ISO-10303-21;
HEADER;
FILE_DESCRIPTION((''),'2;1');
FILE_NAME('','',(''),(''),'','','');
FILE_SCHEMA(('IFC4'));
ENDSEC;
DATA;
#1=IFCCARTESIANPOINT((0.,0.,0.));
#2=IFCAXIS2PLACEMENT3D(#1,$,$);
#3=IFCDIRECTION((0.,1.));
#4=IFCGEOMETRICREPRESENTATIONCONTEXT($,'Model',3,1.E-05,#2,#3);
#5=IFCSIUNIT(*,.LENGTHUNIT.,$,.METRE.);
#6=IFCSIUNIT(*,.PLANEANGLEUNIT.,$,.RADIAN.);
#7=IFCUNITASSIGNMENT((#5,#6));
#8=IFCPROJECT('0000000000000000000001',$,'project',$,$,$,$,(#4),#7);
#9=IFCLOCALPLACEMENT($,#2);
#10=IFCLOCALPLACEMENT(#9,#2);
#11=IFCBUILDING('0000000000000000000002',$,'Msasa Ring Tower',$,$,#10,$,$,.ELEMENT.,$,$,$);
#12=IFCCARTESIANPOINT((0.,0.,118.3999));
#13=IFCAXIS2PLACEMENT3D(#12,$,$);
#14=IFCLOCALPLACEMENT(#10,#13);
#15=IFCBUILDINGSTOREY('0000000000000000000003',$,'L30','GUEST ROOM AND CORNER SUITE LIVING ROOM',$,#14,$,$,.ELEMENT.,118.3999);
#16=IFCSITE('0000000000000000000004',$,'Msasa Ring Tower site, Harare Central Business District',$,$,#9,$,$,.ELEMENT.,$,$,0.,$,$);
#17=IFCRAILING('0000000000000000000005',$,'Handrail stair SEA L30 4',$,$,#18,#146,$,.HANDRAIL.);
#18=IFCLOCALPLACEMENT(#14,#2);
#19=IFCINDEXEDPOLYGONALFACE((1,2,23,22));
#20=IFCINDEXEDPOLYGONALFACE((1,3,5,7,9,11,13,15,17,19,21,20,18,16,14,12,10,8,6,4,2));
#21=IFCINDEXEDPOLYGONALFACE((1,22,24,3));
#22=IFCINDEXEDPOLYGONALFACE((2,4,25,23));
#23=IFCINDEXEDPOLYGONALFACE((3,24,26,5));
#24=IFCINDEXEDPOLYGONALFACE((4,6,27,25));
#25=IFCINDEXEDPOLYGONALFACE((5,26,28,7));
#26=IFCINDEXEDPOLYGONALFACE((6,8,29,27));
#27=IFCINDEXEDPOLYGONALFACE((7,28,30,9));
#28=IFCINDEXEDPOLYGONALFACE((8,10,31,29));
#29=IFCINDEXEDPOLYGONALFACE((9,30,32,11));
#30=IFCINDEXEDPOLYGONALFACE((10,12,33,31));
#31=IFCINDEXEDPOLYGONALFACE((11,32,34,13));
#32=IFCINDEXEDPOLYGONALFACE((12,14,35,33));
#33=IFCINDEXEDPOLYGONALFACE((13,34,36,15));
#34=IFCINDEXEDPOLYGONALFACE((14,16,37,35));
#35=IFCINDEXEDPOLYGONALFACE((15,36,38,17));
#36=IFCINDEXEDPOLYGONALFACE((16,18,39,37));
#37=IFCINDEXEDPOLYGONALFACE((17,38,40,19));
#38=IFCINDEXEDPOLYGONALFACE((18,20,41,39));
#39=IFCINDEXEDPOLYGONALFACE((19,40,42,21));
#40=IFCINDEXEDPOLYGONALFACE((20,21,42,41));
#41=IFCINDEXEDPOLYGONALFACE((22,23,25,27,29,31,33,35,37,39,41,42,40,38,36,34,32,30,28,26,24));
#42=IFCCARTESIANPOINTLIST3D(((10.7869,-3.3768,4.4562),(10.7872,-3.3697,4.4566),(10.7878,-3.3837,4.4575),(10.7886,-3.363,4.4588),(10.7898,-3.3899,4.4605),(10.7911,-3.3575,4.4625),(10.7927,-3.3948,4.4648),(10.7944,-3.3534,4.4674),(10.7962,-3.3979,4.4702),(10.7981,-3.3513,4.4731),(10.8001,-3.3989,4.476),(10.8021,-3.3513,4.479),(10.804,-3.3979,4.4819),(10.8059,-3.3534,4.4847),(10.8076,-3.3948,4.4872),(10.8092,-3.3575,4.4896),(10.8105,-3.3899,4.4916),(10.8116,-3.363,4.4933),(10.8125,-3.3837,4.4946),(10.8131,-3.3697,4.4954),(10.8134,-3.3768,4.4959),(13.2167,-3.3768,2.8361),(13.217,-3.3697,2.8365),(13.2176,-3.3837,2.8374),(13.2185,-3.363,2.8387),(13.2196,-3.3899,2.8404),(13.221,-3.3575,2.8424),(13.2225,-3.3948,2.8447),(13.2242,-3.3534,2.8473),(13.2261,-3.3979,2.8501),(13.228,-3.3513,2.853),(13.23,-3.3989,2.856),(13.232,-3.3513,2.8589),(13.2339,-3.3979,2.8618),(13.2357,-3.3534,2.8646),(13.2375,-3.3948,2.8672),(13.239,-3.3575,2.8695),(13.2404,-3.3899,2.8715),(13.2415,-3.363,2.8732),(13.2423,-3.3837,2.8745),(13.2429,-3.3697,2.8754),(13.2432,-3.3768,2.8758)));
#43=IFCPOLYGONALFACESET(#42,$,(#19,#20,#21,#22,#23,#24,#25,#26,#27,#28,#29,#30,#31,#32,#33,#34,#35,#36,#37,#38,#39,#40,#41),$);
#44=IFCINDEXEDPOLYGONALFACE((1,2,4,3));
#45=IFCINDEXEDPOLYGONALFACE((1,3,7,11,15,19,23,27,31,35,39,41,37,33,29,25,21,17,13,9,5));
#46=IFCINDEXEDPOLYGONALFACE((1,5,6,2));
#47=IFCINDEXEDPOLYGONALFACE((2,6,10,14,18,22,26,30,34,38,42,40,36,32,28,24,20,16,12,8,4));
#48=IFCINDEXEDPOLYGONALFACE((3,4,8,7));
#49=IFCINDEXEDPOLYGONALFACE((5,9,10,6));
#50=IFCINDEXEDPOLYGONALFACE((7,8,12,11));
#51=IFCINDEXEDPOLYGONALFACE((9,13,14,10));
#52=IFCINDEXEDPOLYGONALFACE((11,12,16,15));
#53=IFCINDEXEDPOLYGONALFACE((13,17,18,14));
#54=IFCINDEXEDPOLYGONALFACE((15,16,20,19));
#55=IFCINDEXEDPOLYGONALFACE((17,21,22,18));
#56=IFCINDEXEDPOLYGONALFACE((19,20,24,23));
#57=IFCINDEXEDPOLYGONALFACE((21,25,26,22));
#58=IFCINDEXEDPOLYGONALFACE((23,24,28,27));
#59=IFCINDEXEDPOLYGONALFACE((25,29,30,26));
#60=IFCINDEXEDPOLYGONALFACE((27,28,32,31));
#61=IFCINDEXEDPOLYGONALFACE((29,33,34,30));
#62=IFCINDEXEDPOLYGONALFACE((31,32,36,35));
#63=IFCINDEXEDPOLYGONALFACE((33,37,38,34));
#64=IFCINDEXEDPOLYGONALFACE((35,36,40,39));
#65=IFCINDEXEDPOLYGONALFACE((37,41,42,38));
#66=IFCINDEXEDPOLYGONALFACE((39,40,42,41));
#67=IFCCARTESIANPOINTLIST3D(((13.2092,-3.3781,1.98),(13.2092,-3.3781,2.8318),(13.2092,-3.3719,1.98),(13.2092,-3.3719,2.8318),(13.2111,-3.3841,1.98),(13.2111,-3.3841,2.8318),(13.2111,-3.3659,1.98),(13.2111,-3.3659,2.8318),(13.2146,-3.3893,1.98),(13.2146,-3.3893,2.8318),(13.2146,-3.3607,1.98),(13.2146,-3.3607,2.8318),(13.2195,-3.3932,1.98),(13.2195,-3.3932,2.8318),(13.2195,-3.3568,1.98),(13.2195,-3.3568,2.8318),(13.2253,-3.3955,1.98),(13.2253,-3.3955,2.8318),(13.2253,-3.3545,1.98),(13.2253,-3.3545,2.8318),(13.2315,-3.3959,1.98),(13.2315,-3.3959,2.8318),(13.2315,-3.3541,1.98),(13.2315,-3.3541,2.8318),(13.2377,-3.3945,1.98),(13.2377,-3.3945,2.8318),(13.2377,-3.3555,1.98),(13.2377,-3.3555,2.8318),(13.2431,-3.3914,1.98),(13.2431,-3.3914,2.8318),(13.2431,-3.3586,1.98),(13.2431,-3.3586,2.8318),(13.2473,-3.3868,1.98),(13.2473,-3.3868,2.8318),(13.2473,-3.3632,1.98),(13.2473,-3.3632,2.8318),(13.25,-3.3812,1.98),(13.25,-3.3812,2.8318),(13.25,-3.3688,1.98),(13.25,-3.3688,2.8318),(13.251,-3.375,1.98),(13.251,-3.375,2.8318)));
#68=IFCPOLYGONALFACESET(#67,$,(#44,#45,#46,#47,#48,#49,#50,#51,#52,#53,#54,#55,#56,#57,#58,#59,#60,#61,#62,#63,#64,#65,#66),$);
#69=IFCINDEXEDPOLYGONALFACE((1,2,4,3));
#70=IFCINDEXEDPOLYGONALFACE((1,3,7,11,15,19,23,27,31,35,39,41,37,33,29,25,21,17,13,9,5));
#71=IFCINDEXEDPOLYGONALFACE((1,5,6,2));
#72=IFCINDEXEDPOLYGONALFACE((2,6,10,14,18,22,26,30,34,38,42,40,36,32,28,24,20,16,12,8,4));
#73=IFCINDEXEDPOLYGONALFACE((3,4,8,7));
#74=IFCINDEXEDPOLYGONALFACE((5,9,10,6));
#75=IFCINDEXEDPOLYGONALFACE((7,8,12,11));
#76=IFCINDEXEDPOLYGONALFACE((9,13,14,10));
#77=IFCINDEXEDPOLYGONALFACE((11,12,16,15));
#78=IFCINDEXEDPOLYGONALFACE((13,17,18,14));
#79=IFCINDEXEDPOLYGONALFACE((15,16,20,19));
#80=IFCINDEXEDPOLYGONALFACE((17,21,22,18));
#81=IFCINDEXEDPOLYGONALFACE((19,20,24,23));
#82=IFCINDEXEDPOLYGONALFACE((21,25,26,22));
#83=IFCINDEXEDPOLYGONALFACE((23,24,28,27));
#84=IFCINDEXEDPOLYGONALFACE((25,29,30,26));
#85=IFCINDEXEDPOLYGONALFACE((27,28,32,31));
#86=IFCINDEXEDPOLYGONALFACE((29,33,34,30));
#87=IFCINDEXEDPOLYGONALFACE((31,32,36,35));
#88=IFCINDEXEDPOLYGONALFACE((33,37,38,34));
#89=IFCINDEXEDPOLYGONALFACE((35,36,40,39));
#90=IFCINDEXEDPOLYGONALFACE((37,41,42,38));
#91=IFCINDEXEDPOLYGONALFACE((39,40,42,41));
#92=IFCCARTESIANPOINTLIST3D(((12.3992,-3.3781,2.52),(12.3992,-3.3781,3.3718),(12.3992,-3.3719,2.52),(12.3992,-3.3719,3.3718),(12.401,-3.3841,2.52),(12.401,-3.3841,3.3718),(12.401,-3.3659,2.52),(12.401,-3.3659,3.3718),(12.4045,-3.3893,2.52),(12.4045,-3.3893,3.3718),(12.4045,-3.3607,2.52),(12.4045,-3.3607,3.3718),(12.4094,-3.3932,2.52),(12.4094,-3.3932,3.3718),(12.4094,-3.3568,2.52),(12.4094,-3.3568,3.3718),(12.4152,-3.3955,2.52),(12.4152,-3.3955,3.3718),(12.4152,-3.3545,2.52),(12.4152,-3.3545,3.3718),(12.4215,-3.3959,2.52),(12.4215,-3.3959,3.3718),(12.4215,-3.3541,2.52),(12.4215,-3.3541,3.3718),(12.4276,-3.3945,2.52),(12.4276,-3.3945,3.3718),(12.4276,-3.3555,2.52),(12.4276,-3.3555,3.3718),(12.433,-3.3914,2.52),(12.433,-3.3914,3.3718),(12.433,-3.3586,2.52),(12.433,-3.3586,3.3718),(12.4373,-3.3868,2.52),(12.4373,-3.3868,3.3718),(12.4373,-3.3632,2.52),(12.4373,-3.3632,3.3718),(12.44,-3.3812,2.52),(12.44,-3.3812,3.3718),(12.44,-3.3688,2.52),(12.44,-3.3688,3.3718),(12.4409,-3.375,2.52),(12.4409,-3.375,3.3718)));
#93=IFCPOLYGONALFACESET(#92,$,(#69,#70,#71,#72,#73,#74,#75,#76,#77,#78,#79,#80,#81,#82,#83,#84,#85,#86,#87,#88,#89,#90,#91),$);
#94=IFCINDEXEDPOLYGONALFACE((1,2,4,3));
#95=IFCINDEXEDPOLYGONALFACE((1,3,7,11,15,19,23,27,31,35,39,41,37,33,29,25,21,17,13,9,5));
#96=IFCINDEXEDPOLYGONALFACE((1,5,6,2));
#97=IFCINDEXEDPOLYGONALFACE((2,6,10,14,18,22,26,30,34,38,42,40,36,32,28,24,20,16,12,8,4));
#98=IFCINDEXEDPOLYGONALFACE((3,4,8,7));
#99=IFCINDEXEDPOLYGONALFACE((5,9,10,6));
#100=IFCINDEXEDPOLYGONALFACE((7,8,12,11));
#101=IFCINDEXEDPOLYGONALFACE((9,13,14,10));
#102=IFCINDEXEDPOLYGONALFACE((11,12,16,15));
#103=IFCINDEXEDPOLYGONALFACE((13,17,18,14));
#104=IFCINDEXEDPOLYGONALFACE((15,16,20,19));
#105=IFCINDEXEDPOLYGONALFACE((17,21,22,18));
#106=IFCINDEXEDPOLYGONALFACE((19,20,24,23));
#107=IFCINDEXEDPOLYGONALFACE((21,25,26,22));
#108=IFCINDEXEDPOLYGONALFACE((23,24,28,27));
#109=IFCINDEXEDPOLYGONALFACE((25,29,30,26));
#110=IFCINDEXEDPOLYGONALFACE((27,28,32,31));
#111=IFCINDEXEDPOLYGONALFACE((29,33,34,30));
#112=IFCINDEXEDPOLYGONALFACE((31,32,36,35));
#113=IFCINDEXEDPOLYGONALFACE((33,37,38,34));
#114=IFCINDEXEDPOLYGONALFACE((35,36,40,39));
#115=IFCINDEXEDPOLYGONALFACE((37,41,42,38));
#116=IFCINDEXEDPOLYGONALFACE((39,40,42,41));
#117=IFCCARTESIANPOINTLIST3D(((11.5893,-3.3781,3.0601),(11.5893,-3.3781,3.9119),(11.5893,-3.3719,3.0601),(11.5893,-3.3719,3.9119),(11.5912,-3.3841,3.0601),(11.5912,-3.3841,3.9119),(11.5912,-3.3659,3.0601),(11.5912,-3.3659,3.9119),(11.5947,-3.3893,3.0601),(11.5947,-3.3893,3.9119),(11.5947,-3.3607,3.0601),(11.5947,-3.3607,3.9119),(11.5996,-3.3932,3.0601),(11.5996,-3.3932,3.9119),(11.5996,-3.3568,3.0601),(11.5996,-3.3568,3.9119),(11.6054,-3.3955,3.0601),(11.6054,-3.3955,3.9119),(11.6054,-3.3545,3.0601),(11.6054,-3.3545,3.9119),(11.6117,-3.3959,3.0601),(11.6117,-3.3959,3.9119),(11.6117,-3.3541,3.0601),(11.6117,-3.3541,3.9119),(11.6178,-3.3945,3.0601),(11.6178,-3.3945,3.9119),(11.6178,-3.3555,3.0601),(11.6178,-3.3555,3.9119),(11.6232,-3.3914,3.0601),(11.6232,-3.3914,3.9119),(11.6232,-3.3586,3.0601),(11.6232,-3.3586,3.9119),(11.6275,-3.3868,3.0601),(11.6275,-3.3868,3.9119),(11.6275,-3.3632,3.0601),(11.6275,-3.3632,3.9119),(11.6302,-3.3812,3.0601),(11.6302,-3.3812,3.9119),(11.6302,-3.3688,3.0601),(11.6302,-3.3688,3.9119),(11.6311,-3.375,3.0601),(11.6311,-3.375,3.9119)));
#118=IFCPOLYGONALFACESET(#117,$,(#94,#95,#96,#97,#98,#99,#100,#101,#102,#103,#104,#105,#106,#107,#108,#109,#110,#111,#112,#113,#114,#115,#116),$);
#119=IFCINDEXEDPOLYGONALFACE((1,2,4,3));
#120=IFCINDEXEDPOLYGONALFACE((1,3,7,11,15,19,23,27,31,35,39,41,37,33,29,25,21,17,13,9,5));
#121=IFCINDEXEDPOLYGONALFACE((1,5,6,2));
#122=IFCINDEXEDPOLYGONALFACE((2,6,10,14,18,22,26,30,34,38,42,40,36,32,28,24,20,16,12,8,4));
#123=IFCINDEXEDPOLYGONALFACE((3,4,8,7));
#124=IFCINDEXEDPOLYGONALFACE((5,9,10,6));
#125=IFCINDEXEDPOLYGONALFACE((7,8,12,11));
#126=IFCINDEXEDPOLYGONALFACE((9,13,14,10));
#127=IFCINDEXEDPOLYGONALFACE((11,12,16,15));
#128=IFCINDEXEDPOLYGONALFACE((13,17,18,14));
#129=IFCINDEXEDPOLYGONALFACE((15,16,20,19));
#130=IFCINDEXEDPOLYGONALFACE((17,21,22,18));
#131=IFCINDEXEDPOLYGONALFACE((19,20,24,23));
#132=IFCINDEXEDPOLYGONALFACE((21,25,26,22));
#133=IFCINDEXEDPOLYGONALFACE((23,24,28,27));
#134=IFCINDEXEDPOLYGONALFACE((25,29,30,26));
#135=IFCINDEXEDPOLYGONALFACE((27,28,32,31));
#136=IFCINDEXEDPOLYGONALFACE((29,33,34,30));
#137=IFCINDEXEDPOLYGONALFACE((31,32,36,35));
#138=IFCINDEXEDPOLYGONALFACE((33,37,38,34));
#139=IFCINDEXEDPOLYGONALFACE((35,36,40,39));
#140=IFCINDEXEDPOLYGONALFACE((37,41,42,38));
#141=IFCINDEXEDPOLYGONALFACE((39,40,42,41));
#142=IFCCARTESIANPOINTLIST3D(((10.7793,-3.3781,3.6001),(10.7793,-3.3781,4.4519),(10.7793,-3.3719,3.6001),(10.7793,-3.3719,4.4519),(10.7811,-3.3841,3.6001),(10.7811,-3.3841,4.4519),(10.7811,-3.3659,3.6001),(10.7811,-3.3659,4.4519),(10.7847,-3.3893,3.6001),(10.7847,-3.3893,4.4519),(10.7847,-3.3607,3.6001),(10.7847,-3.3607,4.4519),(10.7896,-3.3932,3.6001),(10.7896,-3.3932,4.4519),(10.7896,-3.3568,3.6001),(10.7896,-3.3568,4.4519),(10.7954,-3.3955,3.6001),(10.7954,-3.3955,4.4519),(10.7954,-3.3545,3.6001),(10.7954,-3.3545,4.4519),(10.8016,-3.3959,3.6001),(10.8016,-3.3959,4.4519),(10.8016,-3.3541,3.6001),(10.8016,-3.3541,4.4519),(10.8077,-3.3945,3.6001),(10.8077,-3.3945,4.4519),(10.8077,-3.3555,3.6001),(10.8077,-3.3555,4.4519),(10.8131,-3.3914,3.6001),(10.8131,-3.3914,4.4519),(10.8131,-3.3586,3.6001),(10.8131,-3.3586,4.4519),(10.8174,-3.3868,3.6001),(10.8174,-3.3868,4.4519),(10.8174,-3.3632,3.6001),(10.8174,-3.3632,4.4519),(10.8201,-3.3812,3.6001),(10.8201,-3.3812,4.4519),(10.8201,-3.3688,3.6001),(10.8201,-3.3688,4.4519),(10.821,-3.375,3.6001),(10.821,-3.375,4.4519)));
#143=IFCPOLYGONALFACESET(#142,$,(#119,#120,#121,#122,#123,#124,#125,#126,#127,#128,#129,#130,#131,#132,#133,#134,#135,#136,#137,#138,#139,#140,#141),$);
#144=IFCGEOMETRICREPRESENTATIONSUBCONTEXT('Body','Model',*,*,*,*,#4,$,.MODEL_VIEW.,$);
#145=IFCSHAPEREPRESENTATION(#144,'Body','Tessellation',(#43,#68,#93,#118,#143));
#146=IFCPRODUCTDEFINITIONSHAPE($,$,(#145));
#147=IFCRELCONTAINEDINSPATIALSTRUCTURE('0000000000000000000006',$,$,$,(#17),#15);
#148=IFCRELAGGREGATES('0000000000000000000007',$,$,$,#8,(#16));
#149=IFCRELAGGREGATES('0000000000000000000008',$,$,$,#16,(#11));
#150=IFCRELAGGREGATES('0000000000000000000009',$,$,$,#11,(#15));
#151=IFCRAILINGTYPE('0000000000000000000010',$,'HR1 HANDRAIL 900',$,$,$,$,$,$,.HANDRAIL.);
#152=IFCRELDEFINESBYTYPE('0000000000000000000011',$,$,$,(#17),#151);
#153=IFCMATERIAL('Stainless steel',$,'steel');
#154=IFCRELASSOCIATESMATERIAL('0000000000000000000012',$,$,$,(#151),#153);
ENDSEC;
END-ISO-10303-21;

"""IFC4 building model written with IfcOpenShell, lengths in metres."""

from ifc_helpers import new_model, si_unit, direction, frame, origin, origin_2d, place, context, subcontext, project, spatial, circle, extrude, material, type_object, element, save


model = new_model("IFC4")

# Units and contexts
model_context = context("Model", 3, precision=1e-05, world=origin(), true_north=direction((0.0, 1.0)))
body_context = subcontext(model_context, "Body", "Model", "MODEL_VIEW")
ifc_project = project(units=[si_unit("LENGTHUNIT", "METRE"), si_unit("PLANEANGLEUNIT", "RADIAN")], contexts=[model_context])

# Site, building, storey
site_placement = place(None, origin())
site = spatial("IfcSite", under=ifc_project, at=site_placement, Name="Msasa Ring Tower site, Harare Central Business District", CompositionType="ELEMENT", RefElevation=0.0)
building_placement = place(site_placement, origin())
building = spatial("IfcBuilding", under=site, at=building_placement, Name="Msasa Ring Tower", CompositionType="ELEMENT")
storey_placement = place(building_placement, frame((0.0, 0.0, 118.3999)))
storey = spatial("IfcBuildingStorey", under=building, at=storey_placement, Name="L30", Description="GUEST ROOM AND CORNER SUITE LIVING ROOM", CompositionType="ELEMENT", Elevation=118.3999)

# Railing
ifc_material_1 = material(Name="Stainless steel", Category="steel")
railing_type = type_object("IfcRailingType", Name="HR1 HANDRAIL 900", PredefinedType="HANDRAIL", material=ifc_material_1)
for number, where, name in (
    (1, (13.23, -3.375, 1.98), "Handrail stair SEA L30 4"),
):
    element("IfcRailing", number, at=place(storey_placement, frame(where)), inside=storey, type_object=railing_type, Name=name, PredefinedType="HANDRAIL", context=body_context, shape_type="SweptSolid", body=[
        extrude(circle(Radius=0.0239, at=origin_2d()), frame((0.0, 0.0, 0.876), z_axis=(-0.832025, 0.0, 0.554739), x_axis=(0.0, -1.0, 0.0)), (0.0, 0.0, 1.0), 2.9204),
        extrude(circle(Radius=0.021, at=origin_2d()), origin(), (0.0, 0.0, 1.0), 0.8518),
        extrude(circle(Radius=0.021, at=origin_2d()), frame((-0.8101, 0.0, 0.54)), (0.0, 0.0, 1.0), 0.8518),
        extrude(circle(Radius=0.021, at=origin_2d()), frame((-1.6199, 0.0, 1.0801)), (0.0, 0.0, 1.0), 0.8518),
        extrude(circle(Radius=0.021, at=origin_2d()), frame((-2.4299, 0.0, 1.6201)), (0.0, 0.0, 1.0), 0.8518),
    ])

save(model, "model.ifc")
